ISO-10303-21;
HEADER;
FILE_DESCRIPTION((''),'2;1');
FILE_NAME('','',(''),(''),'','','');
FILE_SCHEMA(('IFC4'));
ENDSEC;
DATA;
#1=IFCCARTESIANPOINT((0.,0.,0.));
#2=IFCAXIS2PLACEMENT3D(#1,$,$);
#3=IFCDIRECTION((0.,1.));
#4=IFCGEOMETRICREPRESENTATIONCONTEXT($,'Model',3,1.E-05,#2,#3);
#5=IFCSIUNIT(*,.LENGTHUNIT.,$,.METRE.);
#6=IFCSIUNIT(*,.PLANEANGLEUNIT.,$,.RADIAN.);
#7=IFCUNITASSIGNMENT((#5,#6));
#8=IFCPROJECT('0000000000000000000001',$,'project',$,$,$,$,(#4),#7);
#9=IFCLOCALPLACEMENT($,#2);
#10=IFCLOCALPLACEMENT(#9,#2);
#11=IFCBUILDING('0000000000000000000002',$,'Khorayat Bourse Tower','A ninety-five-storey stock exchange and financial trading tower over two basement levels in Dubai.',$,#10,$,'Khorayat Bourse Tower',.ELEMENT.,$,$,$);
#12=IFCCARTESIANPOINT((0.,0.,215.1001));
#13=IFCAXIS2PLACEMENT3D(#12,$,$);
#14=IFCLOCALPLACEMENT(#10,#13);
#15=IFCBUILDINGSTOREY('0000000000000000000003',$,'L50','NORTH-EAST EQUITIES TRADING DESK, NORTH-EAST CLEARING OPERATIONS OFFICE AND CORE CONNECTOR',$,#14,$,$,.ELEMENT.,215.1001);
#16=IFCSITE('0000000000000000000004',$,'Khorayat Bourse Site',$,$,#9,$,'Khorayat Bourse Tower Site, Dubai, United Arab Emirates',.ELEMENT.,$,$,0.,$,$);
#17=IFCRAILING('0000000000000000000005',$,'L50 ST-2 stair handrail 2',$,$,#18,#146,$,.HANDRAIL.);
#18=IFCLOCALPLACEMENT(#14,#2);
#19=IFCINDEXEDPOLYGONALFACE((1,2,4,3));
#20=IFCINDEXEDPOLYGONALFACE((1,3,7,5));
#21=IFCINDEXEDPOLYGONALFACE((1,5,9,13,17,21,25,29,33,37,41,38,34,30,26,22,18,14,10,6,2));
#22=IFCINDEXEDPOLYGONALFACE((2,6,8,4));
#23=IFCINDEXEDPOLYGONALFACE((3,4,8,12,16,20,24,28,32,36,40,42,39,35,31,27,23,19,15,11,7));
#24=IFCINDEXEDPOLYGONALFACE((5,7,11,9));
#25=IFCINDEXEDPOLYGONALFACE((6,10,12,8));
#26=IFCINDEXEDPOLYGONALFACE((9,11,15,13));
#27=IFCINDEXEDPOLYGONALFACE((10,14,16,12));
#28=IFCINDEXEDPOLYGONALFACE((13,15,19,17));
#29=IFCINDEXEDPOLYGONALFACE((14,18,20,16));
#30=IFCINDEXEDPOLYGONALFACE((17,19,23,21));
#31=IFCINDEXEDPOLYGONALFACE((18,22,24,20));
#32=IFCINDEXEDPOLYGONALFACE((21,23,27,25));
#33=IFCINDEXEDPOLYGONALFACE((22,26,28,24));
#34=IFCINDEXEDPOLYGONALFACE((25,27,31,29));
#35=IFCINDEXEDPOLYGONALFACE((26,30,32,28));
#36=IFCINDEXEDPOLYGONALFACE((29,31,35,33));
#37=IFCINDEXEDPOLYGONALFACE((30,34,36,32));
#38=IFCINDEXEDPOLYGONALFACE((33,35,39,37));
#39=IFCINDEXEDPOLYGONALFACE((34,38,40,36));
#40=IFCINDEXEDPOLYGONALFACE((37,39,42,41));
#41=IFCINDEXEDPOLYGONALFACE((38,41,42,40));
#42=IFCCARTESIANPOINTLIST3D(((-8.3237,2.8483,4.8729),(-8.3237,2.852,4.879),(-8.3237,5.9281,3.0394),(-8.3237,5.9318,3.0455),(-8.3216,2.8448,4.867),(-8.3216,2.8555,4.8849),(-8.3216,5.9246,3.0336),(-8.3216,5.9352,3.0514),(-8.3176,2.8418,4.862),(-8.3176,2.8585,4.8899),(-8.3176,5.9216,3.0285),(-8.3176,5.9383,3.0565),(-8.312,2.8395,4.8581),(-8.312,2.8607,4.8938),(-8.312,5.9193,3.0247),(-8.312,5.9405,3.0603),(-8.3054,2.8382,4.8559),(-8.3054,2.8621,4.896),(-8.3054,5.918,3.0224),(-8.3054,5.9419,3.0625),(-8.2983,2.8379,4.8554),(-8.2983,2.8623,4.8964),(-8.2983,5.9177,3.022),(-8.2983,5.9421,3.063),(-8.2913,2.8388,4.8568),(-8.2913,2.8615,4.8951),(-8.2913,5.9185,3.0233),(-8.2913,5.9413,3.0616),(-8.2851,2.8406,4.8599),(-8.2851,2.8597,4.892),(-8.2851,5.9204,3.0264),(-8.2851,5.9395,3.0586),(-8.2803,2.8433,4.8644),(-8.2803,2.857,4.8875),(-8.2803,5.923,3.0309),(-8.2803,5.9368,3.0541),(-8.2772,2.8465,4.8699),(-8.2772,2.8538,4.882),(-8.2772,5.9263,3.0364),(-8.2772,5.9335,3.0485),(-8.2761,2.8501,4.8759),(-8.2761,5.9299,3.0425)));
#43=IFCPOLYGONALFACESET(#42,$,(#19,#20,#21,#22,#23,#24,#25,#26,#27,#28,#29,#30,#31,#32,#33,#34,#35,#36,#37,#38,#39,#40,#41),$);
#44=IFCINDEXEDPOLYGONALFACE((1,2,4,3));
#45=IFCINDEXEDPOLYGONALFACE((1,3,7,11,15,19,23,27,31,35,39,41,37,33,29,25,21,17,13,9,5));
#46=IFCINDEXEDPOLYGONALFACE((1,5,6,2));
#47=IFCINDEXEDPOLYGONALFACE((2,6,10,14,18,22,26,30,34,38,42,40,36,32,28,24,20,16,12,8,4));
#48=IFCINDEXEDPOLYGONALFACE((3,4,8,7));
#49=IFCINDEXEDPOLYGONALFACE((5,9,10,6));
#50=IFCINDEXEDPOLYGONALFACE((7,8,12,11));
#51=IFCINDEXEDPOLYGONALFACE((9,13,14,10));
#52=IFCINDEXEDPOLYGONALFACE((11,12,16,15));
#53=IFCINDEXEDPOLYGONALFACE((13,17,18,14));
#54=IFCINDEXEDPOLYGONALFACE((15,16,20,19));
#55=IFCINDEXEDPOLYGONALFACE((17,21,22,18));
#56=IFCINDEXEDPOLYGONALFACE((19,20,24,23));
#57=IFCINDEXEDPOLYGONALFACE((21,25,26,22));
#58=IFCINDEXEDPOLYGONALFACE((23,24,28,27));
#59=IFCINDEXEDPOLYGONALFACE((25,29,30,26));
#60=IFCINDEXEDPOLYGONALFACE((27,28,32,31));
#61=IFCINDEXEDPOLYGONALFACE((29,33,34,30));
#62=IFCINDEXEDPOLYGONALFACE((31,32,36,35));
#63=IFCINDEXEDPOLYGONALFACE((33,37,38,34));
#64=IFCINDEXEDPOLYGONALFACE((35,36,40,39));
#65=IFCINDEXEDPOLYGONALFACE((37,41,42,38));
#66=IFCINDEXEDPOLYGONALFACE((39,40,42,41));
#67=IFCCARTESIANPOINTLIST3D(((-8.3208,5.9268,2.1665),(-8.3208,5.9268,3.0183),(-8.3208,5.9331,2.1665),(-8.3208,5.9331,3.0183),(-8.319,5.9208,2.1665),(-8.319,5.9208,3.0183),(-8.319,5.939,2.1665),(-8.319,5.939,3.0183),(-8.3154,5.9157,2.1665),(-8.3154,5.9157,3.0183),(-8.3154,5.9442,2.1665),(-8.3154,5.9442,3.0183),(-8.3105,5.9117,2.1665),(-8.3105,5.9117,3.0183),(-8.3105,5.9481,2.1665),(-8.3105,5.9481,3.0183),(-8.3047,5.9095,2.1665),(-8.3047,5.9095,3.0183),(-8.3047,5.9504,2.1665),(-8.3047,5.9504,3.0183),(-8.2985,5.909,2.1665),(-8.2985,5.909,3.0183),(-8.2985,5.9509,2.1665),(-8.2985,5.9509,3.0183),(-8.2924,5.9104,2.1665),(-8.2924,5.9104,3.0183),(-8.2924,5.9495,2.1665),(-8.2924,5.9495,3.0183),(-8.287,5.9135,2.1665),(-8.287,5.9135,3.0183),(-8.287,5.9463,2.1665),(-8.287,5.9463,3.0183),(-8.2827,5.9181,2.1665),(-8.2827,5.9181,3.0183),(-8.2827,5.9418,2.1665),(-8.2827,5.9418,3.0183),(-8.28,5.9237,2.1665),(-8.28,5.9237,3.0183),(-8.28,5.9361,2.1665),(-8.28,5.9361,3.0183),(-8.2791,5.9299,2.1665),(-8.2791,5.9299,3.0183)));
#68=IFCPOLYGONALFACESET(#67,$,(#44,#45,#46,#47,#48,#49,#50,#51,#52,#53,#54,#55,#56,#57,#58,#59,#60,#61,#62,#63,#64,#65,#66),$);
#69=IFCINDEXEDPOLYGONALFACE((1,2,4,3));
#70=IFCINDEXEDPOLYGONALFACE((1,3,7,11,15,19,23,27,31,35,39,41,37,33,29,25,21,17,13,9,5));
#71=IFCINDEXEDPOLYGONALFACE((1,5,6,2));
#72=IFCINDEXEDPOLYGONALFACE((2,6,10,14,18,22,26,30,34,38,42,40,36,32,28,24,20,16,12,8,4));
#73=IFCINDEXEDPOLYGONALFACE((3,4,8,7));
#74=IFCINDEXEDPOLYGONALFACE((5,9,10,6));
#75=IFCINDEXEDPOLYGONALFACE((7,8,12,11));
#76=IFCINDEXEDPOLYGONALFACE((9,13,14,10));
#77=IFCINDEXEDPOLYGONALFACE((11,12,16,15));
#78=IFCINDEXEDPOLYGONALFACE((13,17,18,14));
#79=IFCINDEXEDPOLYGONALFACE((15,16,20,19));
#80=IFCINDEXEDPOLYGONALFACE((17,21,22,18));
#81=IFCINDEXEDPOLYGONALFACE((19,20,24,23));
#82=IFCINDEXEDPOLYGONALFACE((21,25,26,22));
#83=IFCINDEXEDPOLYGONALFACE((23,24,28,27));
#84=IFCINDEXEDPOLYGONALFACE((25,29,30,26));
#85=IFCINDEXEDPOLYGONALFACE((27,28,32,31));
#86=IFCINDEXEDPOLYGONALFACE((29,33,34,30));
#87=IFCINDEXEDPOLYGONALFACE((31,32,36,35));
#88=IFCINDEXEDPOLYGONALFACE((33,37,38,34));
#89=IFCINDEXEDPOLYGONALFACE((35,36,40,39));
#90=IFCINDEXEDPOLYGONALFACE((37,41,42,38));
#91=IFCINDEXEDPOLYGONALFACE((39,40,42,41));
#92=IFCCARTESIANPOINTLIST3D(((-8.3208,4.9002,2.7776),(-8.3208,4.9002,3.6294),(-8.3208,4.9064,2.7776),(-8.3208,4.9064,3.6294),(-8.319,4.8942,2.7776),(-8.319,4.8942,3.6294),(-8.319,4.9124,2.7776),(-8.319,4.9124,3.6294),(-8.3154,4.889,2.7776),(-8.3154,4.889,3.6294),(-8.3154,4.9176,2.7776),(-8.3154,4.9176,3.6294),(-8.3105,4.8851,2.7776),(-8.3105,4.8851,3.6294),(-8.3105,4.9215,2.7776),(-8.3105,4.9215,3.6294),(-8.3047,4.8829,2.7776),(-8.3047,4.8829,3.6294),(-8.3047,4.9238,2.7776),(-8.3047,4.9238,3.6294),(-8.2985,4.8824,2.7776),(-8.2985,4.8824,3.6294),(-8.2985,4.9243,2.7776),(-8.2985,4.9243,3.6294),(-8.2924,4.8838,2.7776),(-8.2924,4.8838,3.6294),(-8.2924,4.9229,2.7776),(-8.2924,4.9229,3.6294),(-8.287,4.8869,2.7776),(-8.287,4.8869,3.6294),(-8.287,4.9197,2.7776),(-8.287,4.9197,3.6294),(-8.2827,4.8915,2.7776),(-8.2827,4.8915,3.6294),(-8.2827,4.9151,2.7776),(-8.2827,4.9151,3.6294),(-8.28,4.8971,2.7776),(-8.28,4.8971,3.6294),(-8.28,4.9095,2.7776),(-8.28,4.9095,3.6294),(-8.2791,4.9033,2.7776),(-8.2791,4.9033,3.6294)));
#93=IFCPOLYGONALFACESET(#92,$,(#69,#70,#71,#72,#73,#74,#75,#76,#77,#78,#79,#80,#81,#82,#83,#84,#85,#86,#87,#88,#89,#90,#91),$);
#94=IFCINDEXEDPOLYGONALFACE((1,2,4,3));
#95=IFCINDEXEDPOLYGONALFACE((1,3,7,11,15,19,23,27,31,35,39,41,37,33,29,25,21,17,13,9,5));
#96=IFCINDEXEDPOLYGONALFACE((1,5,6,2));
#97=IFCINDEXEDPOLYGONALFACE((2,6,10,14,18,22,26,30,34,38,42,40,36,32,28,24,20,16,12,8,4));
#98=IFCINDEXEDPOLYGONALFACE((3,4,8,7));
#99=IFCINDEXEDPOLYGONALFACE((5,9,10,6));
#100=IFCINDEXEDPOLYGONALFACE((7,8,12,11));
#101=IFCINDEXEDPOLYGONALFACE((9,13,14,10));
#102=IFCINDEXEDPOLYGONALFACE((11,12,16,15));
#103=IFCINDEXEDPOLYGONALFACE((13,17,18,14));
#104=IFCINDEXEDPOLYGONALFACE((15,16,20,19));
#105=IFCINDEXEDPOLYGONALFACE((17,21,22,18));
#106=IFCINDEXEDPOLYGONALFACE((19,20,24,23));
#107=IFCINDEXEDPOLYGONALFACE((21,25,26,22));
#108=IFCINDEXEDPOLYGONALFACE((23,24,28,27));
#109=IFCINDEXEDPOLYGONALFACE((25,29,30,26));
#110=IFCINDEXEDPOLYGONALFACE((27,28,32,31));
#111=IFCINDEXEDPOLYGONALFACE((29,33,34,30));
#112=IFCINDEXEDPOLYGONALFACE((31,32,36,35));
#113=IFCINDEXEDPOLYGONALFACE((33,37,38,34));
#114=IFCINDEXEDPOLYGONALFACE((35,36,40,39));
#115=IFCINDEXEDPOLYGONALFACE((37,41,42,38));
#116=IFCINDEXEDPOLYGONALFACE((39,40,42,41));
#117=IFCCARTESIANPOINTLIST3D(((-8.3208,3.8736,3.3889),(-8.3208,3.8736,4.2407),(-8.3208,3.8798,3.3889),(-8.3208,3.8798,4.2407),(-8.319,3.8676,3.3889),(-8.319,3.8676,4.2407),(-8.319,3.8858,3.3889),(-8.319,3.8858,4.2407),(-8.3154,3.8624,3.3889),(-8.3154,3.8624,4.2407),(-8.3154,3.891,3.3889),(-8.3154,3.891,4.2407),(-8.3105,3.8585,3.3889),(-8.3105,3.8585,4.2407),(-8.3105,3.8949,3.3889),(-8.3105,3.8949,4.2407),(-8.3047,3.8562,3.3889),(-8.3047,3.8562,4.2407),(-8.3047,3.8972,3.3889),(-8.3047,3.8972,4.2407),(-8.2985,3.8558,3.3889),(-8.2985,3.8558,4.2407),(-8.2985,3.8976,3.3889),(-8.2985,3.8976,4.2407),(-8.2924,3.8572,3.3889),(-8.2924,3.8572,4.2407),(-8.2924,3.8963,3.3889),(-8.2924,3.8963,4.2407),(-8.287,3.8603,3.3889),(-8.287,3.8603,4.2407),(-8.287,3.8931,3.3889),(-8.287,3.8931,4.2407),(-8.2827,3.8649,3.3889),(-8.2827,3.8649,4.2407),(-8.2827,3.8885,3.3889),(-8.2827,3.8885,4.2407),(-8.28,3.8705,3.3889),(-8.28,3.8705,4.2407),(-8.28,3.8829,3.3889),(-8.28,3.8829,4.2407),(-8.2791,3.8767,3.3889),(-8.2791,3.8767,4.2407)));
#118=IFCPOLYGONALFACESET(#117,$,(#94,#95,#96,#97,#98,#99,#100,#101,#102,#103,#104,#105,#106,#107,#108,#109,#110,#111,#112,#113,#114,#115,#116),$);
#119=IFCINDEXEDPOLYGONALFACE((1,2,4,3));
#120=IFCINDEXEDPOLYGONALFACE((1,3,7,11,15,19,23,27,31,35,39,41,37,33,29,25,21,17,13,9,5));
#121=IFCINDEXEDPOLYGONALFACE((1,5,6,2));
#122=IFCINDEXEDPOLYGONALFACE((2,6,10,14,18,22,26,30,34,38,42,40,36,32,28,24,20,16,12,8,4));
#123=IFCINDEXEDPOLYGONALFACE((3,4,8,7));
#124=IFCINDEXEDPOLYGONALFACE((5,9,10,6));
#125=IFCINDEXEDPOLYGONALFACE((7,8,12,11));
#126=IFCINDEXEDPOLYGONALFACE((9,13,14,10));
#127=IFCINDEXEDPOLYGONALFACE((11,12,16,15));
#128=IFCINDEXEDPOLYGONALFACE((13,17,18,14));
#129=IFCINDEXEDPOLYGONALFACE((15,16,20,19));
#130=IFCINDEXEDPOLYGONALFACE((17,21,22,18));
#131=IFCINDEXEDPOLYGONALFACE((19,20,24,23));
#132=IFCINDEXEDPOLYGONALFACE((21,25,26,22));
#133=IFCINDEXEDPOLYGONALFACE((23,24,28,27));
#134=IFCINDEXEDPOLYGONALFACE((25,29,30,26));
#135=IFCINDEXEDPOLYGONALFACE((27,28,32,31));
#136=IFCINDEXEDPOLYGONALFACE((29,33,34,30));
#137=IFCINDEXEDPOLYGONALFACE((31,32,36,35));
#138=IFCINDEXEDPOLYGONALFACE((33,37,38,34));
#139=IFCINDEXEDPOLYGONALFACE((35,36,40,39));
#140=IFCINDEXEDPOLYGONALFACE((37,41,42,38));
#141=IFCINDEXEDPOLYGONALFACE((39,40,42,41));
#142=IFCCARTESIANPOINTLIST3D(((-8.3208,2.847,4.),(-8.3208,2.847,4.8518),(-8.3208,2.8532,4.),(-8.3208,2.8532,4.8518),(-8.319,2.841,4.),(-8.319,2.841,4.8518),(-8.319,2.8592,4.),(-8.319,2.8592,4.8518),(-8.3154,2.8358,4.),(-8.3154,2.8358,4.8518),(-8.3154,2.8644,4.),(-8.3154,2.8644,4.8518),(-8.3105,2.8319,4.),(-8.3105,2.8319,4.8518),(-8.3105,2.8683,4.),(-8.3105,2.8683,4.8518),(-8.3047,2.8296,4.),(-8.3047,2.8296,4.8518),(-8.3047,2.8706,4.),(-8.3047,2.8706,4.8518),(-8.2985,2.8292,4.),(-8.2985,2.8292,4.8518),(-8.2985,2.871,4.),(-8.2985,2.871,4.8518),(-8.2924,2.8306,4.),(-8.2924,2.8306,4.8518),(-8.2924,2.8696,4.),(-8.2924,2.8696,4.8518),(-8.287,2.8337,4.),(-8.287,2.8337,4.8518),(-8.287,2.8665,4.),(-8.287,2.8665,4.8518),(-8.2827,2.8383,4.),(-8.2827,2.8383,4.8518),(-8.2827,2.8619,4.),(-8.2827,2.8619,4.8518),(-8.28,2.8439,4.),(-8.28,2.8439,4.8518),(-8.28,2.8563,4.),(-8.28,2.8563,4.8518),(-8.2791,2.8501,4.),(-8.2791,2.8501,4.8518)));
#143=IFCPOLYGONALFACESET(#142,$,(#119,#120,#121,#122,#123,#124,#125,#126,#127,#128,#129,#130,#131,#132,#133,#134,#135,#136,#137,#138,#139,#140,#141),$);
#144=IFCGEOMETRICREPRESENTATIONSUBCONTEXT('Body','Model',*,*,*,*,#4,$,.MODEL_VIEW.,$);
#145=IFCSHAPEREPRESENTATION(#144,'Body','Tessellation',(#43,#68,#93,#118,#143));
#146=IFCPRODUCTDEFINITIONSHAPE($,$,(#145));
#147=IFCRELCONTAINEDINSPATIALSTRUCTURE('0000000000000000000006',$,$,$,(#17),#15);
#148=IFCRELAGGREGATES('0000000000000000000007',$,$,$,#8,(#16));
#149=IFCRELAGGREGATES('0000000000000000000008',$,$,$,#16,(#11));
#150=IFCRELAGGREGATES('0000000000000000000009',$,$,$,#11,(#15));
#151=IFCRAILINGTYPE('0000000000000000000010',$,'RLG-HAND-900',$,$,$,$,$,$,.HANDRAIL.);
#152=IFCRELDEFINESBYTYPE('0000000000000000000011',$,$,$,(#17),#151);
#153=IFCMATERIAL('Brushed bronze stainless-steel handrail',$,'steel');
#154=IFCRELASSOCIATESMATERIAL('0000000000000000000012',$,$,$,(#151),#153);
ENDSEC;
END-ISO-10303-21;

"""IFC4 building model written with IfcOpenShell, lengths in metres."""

from ifc_helpers import new_model, si_unit, direction, frame, origin, origin_2d, place, context, subcontext, project, spatial, circle, extrude, source, transform, mapped, material, type_object, element, save


model = new_model("IFC4")

# Units and contexts
model_context = context("Model", 3, precision=1e-05, world=origin(), true_north=direction((0.0, 1.0)))
body_context = subcontext(model_context, "Body", "Model", "MODEL_VIEW")
ifc_project = project(units=[si_unit("LENGTHUNIT", "METRE"), si_unit("PLANEANGLEUNIT", "RADIAN")], contexts=[model_context])

# Site, building, storey
site_placement = place(None, origin())
site = spatial("IfcSite", under=ifc_project, at=site_placement, Name="Khorayat Bourse Site", LongName="Khorayat Bourse Tower Site, Dubai, United Arab Emirates", CompositionType="ELEMENT", RefElevation=0.0)
building_placement = place(site_placement, origin())
building = spatial("IfcBuilding", under=site, at=building_placement, Name="Khorayat Bourse Tower", Description="A ninety-five-storey stock exchange and financial trading tower over two basement levels in Dubai.", LongName="Khorayat Bourse Tower", CompositionType="ELEMENT")
storey_placement = place(building_placement, frame((0.0, 0.0, 215.1001)))
storey = spatial("IfcBuildingStorey", under=building, at=storey_placement, Name="L50", Description="NORTH-EAST EQUITIES TRADING DESK, NORTH-EAST CLEARING OPERATIONS OFFICE AND CORE CONNECTOR", CompositionType="ELEMENT", Elevation=215.1001)

# Railing
ifc_material_1 = material(Name="Brushed bronze stainless-steel handrail", Category="steel")
railing_type_1 = type_object("IfcRailingType", Name="RLG-HAND-900", PredefinedType="HANDRAIL", material=ifc_material_1)
shared_shape_1 = source(origin(), body_context, "Body", "SweptSolid", [
    extrude(circle(Radius=0.0239, at=origin_2d()), frame((0.0, 0.0, 0.876), z_axis=(0.0, -0.859261, 0.511538), x_axis=(1.0, 0.0, 0.0)), (0.0, 0.0, 1.0), 3.5842),
    extrude(circle(Radius=0.021, at=origin_2d()), origin(), (0.0, 0.0, 1.0), 0.8518),
    extrude(circle(Radius=0.021, at=origin_2d()), frame((0.0, -1.0266, 0.6111)), (0.0, 0.0, 1.0), 0.8518),
    extrude(circle(Radius=0.021, at=origin_2d()), frame((0.0, -2.0532, 1.2224)), (0.0, 0.0, 1.0), 0.8518),
    extrude(circle(Radius=0.021, at=origin_2d()), frame((0.0, -3.0798, 1.8335)), (0.0, 0.0, 1.0), 0.8518),
])
railing_1_placement = place(storey_placement, frame((-8.3, 5.9299, 2.1665)))
element("IfcRailing", 1, at=railing_1_placement, inside=storey, type_object=railing_type_1, Name="L50 ST-2 stair handrail 2", PredefinedType="HANDRAIL", context=body_context, shape_type="MappedRepresentation", body=[
    mapped(shared_shape_1, transform((0.0, 0.0, 0.0), scale=1.0)),
])

save(model, "model.ifc")
